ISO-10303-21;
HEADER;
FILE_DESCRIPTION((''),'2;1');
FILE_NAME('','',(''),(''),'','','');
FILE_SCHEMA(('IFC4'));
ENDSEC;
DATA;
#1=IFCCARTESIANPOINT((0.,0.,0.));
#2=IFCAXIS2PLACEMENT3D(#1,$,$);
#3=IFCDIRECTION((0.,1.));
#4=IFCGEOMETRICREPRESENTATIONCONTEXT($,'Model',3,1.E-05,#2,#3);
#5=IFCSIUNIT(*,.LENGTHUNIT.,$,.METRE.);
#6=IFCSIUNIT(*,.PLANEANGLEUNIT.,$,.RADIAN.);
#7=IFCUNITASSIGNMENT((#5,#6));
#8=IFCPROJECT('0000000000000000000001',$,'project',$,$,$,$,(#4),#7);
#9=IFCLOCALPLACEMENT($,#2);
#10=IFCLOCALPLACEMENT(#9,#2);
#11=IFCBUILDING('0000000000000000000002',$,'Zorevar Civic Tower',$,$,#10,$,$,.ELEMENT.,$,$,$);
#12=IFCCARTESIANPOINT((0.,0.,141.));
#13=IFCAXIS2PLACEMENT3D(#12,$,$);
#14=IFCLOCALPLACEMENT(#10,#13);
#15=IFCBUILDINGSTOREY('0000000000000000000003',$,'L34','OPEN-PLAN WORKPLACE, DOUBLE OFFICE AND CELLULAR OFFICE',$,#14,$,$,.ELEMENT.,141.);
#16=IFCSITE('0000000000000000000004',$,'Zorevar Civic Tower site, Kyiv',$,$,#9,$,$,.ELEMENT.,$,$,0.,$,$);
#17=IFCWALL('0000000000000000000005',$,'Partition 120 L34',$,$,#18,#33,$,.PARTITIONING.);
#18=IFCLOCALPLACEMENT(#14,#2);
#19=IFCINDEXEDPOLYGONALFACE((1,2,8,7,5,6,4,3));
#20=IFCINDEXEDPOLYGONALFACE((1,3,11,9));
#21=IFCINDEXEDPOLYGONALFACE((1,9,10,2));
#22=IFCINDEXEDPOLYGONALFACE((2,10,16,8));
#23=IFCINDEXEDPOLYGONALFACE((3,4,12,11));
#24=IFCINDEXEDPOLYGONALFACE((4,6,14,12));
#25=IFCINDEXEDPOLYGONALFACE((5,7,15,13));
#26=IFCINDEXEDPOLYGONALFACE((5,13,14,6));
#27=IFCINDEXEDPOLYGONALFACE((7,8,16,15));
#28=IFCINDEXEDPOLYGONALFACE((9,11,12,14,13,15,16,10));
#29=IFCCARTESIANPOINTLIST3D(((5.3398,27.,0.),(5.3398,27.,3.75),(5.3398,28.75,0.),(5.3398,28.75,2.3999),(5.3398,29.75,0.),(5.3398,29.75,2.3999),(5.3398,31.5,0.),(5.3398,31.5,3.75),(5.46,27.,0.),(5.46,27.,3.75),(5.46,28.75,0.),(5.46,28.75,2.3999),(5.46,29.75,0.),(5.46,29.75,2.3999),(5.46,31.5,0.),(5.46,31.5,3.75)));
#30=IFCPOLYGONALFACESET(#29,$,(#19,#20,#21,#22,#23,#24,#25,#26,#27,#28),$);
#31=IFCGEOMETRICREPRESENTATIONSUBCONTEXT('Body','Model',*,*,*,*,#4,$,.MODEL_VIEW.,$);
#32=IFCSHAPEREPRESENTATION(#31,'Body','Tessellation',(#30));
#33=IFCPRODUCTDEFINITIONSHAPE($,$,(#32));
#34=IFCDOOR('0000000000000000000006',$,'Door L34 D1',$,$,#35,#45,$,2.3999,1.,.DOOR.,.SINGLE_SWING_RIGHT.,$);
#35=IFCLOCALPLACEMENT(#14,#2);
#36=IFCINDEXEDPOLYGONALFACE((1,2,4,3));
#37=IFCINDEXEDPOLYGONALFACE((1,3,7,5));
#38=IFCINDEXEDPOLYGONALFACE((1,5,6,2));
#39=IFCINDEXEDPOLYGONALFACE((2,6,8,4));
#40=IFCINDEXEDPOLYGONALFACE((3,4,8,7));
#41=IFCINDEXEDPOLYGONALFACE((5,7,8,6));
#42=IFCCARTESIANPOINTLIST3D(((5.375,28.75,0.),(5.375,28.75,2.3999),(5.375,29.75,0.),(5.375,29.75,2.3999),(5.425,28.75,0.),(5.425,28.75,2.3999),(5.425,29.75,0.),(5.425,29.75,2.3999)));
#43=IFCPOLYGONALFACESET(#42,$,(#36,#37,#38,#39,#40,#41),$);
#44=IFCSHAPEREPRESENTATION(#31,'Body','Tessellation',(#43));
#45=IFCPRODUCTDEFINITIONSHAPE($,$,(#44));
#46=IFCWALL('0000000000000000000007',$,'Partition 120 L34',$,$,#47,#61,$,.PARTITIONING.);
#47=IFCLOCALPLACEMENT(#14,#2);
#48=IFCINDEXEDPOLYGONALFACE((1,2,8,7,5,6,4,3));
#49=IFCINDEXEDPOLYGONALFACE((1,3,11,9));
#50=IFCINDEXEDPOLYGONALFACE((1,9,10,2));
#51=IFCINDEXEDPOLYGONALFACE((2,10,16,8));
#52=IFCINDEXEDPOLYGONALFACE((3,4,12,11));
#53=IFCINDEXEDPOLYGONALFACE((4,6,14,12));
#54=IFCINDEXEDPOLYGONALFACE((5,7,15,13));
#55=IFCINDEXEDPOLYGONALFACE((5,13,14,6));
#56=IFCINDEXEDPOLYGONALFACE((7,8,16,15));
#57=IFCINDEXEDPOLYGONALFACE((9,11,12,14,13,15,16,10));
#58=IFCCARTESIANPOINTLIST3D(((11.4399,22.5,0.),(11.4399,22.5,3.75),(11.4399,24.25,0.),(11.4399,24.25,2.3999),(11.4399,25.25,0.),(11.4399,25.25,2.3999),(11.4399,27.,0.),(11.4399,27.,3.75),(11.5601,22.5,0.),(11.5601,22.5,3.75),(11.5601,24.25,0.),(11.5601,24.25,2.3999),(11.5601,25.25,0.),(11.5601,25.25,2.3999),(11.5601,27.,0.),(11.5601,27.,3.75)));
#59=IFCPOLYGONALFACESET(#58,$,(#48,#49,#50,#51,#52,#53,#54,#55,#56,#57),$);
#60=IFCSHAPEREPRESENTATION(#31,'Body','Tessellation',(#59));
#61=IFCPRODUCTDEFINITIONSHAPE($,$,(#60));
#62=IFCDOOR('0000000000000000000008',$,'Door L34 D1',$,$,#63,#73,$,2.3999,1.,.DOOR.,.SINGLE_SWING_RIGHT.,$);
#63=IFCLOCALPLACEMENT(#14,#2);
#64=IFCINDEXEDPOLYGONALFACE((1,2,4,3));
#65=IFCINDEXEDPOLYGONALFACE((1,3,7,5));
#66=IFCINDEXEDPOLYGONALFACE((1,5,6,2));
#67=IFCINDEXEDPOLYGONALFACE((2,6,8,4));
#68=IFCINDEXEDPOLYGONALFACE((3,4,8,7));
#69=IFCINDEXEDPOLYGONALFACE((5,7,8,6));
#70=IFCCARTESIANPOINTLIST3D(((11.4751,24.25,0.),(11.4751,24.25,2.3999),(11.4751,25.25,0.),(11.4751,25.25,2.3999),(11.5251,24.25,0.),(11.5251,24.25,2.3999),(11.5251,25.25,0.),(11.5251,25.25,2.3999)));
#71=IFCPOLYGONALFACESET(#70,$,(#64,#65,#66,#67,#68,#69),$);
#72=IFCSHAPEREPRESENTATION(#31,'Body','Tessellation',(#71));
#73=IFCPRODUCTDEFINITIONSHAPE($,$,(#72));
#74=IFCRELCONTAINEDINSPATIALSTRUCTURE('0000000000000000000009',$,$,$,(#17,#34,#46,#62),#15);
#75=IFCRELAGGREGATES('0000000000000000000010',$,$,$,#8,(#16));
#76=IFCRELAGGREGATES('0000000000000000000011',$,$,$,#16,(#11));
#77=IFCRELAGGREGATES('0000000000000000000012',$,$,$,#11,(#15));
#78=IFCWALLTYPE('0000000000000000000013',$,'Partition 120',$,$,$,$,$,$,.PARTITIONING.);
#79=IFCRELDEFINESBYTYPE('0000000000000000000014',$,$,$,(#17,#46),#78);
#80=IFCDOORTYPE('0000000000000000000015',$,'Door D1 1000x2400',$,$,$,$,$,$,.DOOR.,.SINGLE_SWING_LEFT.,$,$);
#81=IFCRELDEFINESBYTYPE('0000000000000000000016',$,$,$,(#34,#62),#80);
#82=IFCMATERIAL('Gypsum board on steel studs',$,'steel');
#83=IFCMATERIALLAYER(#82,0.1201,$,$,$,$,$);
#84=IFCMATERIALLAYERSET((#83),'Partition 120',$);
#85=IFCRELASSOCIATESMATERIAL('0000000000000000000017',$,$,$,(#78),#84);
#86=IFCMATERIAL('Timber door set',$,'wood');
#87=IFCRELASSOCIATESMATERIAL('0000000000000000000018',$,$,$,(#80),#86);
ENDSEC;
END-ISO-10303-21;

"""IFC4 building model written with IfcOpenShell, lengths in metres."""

from ifc_helpers import new_model, si_unit, direction, frame, frame_2d, origin, place, context, subcontext, project, spatial, rectangle, extrude, material, layer, layer_set, type_object, element, fill, save


model = new_model("IFC4")

# Units and contexts
model_context = context("Model", 3, precision=1e-05, world=origin(), true_north=direction((0.0, 1.0)))
body_context = subcontext(model_context, "Body", "Model", "MODEL_VIEW")
ifc_project = project(units=[si_unit("LENGTHUNIT", "METRE"), si_unit("PLANEANGLEUNIT", "RADIAN")], contexts=[model_context])

# Site, building, storey
site_placement = place(None, origin())
site = spatial("IfcSite", under=ifc_project, at=site_placement, Name="Zorevar Civic Tower site, Kyiv", CompositionType="ELEMENT", RefElevation=0.0)
building_placement = place(site_placement, origin())
building = spatial("IfcBuilding", under=site, at=building_placement, Name="Zorevar Civic Tower", CompositionType="ELEMENT")
storey_placement = place(building_placement, frame((0.0, 0.0, 141.0)))
storey = spatial("IfcBuildingStorey", under=building, at=storey_placement, Name="L34", Description="OPEN-PLAN WORKPLACE, DOUBLE OFFICE AND CELLULAR OFFICE", CompositionType="ELEMENT", Elevation=141.0)

# Shared definitions
ifc_material_1 = material(Name="Gypsum board on steel studs", Category="steel")
ifc_layer_1 = layer(ifc_material_1, 0.1201)
ifc_layer_set_1 = layer_set([ifc_layer_1], Name="Partition 120")
wall_type_1 = type_object("IfcWallType", Name="Partition 120", PredefinedType="PARTITIONING", material=ifc_layer_set_1)

# Walls, openings, doors
ifc_material_2 = material(Name="Timber door set", Category="wood")
door_type = type_object("IfcDoorType", Name="Door D1 1000x2400", OperationType="SINGLE_SWING_LEFT", PredefinedType="DOOR", material=ifc_material_2)
wall_1_placement = place(storey_placement, frame((5.3999, 27.0, 0.0), z_axis=(0.0, 0.0, 1.0), x_axis=(0.0, 1.0, 0.0)))
wall_1 = element("IfcWall", 1, at=wall_1_placement, inside=storey, type_object=wall_type_1, Name="Partition 120 L34", PredefinedType="PARTITIONING", context=body_context, shape_type="SweptSolid", body=[
    extrude(rectangle(XDim=4.5, YDim=0.1201, at=frame_2d((2.25, 0.0))), origin(), (0.0, 0.0, 1.0), 3.75),
])
opening_1_placement = place(wall_1_placement, frame((1.75, 0.0, 0.0)))
opening_1 = element("IfcOpeningElement", 2, at=opening_1_placement, cuts=wall_1, PredefinedType="OPENING", context=body_context, shape_type="SweptSolid", body=[
    extrude(rectangle(XDim=1.0, YDim=2.3999, at=frame_2d((0.5, 1.2))), frame((0.0, 0.0701, 0.0), z_axis=(0.0, -1.0, 0.0), x_axis=(1.0, 0.0, 0.0)), (0.0, 0.0, 1.0), 0.1401),
])
door_1_placement = place(opening_1_placement, origin())
door_1 = element("IfcDoor", 3, at=door_1_placement, inside=storey, type_object=door_type, Name="Door L34 D1", OperationType="SINGLE_SWING_RIGHT", OverallHeight=2.3999, OverallWidth=1.0, PredefinedType="DOOR", context=body_context, shape_type="SweptSolid", body=[
    extrude(rectangle(XDim=1.0, YDim=2.3999, at=frame_2d((0.5, 1.2))), frame((0.0, 0.0249, 0.0), z_axis=(0.0, -1.0, 0.0), x_axis=(1.0, 0.0, 0.0)), (0.0, 0.0, 1.0), 0.05),
])
fill(opening_1, door_1)
wall_2_placement = place(storey_placement, frame((11.5, 22.5, 0.0), z_axis=(0.0, 0.0, 1.0), x_axis=(0.0, 1.0, 0.0)))
wall_2 = element("IfcWall", 4, at=wall_2_placement, inside=storey, type_object=wall_type_1, Name="Partition 120 L34", PredefinedType="PARTITIONING", context=body_context, shape_type="SweptSolid", body=[
    extrude(rectangle(XDim=4.5, YDim=0.1201, at=frame_2d((2.25, 0.0))), origin(), (0.0, 0.0, 1.0), 3.75),
])
opening_2_placement = place(wall_2_placement, frame((1.75, 0.0, 0.0)))
opening_2 = element("IfcOpeningElement", 5, at=opening_2_placement, cuts=wall_2, PredefinedType="OPENING", context=body_context, shape_type="SweptSolid", body=[
    extrude(rectangle(XDim=1.0, YDim=2.3999, at=frame_2d((0.5, 1.2))), frame((0.0, 0.0701, 0.0), z_axis=(0.0, -1.0, 0.0), x_axis=(1.0, 0.0, 0.0)), (0.0, 0.0, 1.0), 0.1401),
])
door_2_placement = place(opening_2_placement, origin())
door_2 = element("IfcDoor", 6, at=door_2_placement, inside=storey, type_object=door_type, Name="Door L34 D1", OperationType="SINGLE_SWING_RIGHT", OverallHeight=2.3999, OverallWidth=1.0, PredefinedType="DOOR", context=body_context, shape_type="SweptSolid", body=[
    extrude(rectangle(XDim=1.0, YDim=2.3999, at=frame_2d((0.5, 1.2))), frame((0.0, 0.0249, 0.0), z_axis=(0.0, -1.0, 0.0), x_axis=(1.0, 0.0, 0.0)), (0.0, 0.0, 1.0), 0.05),
])
fill(opening_2, door_2)

save(model, "model.ifc")
